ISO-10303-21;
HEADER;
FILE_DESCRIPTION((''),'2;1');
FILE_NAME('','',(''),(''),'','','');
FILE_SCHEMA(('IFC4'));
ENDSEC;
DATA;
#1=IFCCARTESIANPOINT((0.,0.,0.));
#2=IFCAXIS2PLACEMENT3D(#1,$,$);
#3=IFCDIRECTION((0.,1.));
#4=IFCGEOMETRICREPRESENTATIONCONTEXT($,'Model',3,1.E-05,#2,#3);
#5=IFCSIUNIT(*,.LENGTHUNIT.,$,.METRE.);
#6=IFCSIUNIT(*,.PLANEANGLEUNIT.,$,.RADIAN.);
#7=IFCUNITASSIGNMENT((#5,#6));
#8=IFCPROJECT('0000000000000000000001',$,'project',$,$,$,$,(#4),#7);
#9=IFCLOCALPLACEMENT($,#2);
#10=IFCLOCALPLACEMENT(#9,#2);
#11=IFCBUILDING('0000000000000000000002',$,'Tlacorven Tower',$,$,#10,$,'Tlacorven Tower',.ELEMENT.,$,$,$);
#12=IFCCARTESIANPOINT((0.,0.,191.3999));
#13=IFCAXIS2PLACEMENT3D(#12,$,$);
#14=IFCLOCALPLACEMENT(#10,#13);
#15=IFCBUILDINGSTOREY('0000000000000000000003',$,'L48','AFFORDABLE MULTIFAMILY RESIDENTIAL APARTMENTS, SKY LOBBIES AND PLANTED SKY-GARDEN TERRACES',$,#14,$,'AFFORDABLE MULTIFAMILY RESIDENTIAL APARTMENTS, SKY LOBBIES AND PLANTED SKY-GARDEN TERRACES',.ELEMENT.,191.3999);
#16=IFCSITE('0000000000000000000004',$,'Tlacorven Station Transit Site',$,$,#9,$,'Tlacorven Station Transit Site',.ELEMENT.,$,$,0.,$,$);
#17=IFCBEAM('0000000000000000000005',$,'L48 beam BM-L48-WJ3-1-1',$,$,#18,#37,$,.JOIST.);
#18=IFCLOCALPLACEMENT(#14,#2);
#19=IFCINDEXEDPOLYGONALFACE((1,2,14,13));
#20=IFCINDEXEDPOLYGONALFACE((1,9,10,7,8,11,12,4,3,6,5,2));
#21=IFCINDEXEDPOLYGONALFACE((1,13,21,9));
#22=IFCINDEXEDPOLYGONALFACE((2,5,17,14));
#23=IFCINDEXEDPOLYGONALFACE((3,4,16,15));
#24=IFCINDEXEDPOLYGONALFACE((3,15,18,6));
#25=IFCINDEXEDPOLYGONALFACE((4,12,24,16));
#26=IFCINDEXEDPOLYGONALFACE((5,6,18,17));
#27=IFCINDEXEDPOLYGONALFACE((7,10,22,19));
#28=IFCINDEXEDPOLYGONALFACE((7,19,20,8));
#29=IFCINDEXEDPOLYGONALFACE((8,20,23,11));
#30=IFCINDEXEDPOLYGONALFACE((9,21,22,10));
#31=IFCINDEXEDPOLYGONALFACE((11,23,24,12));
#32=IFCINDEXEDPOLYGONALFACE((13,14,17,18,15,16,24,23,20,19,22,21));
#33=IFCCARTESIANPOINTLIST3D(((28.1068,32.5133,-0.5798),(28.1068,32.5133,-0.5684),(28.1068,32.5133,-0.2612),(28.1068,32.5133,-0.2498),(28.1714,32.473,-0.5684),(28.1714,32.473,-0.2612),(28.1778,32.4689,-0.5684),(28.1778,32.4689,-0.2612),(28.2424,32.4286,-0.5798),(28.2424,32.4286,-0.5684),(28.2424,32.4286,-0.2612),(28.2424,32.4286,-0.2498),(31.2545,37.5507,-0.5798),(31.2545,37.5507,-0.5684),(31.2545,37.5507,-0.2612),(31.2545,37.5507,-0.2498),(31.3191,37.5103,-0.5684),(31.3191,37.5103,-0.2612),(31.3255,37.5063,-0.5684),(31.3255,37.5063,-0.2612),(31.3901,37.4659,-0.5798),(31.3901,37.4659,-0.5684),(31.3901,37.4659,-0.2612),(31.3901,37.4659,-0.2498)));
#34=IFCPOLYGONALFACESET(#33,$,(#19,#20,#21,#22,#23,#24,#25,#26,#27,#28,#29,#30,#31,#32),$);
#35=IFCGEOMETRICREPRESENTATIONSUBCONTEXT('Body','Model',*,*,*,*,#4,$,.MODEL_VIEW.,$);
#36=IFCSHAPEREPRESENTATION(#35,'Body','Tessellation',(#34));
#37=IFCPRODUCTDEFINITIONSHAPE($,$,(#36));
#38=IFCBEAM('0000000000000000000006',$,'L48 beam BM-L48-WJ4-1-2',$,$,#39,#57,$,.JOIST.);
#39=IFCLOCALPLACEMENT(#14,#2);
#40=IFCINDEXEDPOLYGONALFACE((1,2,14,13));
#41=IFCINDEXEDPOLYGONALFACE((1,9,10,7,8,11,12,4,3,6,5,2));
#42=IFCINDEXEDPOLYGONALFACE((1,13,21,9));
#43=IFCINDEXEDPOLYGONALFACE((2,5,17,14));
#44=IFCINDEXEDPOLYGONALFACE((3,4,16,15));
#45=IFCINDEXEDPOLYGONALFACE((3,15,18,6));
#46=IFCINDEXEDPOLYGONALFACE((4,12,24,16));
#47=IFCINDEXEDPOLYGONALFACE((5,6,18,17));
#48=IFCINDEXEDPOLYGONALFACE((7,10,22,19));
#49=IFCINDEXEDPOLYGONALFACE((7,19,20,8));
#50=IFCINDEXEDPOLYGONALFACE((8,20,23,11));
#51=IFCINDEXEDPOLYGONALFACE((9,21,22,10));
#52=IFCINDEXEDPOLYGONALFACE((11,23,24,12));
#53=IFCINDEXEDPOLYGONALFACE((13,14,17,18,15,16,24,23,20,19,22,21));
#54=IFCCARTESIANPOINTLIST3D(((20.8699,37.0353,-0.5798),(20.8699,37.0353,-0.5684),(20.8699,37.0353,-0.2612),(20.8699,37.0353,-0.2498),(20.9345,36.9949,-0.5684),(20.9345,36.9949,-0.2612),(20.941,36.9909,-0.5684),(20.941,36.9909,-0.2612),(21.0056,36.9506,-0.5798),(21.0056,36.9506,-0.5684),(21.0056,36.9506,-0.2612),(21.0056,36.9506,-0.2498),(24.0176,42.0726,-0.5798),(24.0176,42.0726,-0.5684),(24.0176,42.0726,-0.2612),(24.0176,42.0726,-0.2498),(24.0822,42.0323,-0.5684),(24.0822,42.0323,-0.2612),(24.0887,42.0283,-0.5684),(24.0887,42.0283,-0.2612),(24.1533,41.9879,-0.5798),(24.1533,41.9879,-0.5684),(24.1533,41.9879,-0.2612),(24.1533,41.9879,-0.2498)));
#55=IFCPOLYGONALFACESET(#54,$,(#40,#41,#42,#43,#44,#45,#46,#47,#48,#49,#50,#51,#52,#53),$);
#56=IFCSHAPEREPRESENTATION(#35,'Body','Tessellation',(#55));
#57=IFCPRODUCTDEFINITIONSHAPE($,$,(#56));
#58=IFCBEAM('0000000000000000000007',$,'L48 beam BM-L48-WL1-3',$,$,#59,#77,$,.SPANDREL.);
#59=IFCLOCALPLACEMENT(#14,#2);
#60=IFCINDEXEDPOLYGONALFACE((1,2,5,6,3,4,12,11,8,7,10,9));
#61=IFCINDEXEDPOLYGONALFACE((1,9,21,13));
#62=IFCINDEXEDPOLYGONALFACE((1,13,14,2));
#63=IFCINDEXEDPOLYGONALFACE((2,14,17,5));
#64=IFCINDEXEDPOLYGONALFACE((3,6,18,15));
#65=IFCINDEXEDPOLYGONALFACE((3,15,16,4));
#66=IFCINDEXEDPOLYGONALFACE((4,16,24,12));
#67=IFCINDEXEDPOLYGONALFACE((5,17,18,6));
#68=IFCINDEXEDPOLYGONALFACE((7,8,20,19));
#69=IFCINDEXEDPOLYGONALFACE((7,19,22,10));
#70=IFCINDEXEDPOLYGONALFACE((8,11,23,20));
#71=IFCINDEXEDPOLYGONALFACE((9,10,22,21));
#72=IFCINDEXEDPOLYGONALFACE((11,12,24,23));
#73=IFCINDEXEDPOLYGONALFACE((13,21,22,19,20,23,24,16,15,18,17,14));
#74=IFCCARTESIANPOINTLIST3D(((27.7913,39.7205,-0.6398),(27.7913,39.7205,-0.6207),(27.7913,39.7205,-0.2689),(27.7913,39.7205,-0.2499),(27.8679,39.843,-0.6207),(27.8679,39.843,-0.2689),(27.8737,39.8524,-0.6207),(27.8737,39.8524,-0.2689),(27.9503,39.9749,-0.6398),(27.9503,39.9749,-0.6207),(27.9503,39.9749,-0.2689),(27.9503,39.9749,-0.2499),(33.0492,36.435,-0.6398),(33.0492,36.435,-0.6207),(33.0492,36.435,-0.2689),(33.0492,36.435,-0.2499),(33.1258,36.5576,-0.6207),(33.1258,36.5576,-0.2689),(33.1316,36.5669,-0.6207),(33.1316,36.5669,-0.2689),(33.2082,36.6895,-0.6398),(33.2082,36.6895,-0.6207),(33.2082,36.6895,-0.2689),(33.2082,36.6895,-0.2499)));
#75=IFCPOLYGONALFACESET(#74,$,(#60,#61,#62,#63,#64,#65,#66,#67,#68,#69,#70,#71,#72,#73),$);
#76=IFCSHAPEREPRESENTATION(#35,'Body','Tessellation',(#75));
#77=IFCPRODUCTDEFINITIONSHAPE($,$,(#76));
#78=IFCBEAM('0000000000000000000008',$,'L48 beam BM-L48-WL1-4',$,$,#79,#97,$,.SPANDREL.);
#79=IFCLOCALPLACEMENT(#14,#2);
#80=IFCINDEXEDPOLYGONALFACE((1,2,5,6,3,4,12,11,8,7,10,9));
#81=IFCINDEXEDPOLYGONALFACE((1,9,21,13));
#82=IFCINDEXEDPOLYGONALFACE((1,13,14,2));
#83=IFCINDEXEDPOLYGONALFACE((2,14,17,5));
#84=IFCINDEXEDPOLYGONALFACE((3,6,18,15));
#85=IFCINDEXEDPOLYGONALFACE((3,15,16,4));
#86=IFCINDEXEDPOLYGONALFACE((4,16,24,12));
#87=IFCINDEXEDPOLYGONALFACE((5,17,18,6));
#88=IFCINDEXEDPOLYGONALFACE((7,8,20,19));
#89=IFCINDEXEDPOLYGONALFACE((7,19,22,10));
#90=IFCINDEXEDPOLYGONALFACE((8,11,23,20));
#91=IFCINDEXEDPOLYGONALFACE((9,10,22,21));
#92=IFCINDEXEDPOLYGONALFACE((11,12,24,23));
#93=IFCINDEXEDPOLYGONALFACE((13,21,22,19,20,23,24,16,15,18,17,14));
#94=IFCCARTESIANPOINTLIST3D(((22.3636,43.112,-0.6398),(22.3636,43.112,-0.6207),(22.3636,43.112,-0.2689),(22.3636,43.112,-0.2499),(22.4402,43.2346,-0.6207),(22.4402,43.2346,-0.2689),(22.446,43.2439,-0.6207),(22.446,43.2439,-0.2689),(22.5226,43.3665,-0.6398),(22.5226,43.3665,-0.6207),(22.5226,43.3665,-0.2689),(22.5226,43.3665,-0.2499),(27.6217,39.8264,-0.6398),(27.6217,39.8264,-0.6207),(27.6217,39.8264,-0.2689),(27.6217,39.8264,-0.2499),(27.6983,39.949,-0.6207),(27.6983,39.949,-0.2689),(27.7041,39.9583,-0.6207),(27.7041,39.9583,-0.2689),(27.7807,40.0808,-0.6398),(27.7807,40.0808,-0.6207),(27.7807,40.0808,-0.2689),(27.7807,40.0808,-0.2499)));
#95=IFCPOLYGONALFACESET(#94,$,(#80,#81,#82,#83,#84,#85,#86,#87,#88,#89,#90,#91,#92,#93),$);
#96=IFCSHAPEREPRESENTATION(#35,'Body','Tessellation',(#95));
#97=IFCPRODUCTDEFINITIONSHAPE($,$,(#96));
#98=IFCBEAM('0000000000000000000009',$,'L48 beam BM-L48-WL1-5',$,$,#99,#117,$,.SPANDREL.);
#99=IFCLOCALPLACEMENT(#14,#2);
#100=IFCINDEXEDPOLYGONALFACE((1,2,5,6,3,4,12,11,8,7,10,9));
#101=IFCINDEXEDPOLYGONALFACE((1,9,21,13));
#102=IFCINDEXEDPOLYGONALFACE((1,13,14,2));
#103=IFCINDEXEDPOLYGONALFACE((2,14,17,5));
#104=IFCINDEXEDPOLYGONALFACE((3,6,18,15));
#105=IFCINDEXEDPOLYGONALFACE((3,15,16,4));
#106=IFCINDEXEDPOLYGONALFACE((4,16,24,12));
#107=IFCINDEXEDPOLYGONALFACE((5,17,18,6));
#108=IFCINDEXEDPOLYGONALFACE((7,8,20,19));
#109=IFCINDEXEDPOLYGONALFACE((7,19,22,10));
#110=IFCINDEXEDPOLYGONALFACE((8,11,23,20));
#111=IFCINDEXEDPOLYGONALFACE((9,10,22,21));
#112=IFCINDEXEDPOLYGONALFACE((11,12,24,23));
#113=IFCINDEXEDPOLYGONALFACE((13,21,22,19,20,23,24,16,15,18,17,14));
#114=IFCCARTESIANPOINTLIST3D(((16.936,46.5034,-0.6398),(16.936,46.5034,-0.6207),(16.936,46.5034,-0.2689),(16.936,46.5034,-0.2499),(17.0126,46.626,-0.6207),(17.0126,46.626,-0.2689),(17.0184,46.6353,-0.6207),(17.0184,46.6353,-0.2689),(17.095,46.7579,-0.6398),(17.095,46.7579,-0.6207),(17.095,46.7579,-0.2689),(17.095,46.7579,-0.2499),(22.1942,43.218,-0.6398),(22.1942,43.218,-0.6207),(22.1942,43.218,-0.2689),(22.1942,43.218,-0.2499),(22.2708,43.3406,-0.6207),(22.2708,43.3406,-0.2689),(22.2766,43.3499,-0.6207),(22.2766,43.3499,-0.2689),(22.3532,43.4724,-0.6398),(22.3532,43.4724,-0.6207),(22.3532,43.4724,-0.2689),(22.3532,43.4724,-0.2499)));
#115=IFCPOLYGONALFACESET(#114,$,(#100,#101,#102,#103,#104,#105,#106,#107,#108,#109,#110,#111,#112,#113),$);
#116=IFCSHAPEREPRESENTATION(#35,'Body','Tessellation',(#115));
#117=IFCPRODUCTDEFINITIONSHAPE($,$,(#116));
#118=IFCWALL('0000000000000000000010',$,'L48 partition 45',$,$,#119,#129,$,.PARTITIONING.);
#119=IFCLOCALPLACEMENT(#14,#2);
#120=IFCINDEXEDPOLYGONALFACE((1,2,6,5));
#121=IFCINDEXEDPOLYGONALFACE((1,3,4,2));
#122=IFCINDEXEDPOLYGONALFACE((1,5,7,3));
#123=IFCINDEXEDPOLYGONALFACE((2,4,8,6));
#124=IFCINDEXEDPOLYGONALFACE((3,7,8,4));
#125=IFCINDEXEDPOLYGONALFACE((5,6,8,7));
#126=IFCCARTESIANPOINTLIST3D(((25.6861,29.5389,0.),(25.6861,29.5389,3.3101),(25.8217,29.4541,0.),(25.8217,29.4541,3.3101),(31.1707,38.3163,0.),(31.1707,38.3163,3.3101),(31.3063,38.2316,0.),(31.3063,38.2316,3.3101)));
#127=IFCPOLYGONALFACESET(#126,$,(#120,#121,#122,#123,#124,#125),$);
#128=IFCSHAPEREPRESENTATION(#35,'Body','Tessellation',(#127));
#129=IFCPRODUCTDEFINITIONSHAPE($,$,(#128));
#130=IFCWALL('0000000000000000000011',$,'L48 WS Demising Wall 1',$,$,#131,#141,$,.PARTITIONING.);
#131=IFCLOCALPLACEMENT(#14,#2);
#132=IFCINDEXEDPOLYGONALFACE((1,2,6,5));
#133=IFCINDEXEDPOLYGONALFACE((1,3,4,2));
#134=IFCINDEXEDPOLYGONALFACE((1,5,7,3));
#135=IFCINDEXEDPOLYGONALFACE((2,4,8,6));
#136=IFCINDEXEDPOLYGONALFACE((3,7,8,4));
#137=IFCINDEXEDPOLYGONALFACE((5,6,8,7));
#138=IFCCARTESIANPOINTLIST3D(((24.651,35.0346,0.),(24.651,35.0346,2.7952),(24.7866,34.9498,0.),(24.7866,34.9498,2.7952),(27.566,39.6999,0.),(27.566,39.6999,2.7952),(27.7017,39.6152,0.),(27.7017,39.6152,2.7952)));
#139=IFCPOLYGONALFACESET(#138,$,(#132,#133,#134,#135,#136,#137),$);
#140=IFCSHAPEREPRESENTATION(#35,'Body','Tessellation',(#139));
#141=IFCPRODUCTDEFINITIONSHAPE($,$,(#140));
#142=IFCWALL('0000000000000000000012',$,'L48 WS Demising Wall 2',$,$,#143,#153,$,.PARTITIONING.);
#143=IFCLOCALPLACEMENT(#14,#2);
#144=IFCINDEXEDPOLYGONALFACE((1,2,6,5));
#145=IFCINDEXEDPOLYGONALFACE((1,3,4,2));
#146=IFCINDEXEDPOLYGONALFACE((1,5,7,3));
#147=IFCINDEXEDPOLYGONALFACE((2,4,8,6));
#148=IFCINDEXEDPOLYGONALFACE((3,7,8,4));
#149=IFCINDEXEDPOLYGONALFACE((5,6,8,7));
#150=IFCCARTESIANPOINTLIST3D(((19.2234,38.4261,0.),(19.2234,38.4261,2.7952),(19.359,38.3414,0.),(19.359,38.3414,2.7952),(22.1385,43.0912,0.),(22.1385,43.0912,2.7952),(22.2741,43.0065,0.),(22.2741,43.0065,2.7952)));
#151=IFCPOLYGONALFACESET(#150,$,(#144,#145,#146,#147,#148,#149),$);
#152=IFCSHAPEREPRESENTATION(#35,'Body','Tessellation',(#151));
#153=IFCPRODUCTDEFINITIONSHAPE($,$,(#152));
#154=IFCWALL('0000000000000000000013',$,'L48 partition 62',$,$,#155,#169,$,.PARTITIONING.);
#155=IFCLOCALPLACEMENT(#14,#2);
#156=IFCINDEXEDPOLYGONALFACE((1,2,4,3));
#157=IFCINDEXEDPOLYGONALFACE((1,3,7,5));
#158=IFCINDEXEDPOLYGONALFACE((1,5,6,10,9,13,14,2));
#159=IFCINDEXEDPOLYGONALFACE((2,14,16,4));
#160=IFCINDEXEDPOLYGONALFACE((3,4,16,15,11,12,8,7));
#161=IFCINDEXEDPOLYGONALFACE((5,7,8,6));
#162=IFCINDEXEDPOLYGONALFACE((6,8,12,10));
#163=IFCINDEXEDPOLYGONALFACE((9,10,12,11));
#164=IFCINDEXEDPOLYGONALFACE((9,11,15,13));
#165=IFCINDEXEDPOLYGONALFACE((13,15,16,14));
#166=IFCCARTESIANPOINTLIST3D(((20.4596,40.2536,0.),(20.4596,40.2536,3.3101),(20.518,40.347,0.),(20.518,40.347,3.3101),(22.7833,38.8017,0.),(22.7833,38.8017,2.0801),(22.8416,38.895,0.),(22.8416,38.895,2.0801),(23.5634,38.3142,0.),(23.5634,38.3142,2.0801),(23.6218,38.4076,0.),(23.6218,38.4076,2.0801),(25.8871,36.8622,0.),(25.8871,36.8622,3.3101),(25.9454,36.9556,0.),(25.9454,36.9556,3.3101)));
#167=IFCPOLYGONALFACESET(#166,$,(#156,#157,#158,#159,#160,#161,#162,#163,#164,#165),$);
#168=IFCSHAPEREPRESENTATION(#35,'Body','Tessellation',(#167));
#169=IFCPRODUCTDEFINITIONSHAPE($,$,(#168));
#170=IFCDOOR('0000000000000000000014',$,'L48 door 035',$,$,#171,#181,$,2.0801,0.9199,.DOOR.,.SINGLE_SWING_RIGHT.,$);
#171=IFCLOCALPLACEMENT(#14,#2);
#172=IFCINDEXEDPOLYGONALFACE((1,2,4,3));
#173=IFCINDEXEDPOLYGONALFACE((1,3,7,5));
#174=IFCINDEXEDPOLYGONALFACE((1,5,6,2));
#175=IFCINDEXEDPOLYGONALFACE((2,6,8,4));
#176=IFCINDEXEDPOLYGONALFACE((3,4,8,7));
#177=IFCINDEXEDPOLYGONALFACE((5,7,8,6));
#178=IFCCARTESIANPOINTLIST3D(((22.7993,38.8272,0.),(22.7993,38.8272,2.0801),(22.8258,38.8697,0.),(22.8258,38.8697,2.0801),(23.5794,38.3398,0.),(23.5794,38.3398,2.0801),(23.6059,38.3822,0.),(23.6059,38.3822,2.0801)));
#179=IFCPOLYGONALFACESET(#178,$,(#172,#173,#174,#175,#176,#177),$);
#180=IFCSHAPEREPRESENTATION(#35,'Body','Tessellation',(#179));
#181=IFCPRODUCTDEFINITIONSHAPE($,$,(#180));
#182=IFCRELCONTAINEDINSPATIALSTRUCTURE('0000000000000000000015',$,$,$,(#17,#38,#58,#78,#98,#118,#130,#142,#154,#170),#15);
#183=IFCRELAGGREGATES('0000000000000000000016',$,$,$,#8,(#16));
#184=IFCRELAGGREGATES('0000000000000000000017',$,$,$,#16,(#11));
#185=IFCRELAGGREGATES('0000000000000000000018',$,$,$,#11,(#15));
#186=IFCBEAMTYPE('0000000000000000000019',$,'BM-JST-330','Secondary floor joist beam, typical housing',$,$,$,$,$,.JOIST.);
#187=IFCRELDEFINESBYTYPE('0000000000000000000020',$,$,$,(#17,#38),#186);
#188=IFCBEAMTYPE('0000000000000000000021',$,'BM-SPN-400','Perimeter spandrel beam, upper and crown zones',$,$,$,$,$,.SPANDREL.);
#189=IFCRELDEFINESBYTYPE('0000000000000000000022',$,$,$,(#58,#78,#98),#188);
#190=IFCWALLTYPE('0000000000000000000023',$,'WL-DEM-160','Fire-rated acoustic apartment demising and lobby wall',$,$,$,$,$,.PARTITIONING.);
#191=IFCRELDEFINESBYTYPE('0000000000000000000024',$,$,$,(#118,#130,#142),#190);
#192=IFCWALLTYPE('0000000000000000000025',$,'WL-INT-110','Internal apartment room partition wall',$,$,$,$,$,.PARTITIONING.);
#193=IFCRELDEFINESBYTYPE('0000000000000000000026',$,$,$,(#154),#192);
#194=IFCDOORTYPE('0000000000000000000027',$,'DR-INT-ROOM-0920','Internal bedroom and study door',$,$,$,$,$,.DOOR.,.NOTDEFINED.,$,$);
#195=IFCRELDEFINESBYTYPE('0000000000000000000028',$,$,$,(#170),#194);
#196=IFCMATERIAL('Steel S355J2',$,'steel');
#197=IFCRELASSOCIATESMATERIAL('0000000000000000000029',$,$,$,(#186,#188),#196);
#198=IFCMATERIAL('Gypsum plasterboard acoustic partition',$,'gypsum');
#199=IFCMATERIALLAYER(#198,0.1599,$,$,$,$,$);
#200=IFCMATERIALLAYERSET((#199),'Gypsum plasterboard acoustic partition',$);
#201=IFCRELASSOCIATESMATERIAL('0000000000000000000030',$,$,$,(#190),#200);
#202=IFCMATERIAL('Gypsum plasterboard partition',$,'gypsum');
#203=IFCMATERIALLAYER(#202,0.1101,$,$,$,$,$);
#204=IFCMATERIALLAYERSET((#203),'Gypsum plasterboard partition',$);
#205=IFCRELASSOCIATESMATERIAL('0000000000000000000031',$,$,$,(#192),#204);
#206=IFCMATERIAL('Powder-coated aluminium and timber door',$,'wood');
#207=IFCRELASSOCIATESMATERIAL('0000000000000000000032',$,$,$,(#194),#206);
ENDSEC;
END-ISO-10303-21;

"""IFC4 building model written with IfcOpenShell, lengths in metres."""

from ifc_helpers import new_model, si_unit, direction, frame, frame_2d, origin, origin_2d, place, context, subcontext, project, spatial, rectangle, i_section, extrude, source, transform, mapped, material, layer, layer_set, material_profile, profile_set, type_object, element, fill, save


model = new_model("IFC4")

# Units and contexts
model_context = context("Model", 3, precision=1e-05, world=origin(), true_north=direction((0.0, 1.0)))
body_context = subcontext(model_context, "Body", "Model", "MODEL_VIEW")
ifc_project = project(units=[si_unit("LENGTHUNIT", "METRE"), si_unit("PLANEANGLEUNIT", "RADIAN")], contexts=[model_context])

# Site, building, storey
site_placement = place(None, origin())
site = spatial("IfcSite", under=ifc_project, at=site_placement, Name="Tlacorven Station Transit Site", LongName="Tlacorven Station Transit Site", CompositionType="ELEMENT", RefElevation=0.0)
building_placement = place(site_placement, origin())
building = spatial("IfcBuilding", under=site, at=building_placement, Name="Tlacorven Tower", LongName="Tlacorven Tower", CompositionType="ELEMENT")
storey_placement = place(building_placement, frame((0.0, 0.0, 191.3999)))
storey = spatial("IfcBuildingStorey", under=building, at=storey_placement, Name="L48", Description="AFFORDABLE MULTIFAMILY RESIDENTIAL APARTMENTS, SKY LOBBIES AND PLANTED SKY-GARDEN TERRACES", LongName="AFFORDABLE MULTIFAMILY RESIDENTIAL APARTMENTS, SKY LOBBIES AND PLANTED SKY-GARDEN TERRACES", CompositionType="ELEMENT", Elevation=191.3999)

# Beams
ifc_material_1 = material(Name="Steel S355J2", Category="steel")
ifc_material_profile_1 = material_profile(ifc_material_1, i_section(OverallWidth=0.1599, OverallDepth=0.3301, WebThickness=0.0076, FlangeThickness=0.0115, at=origin_2d()), Name="IPE 330")
ifc_profile_set_1 = profile_set([ifc_material_profile_1], Name="Steel S355J2")
beam_type_1 = type_object("IfcBeamType", Name="BM-JST-330", Description="Secondary floor joist beam, typical housing", PredefinedType="JOIST", material=ifc_profile_set_1)
shared_shape_1 = source(origin(), body_context, "Body", "SweptSolid", [
    extrude(i_section(OverallWidth=0.1599, OverallDepth=0.3301, WebThickness=0.0076, FlangeThickness=0.0115, at=origin_2d()), origin(), (0.0, 0.0, 1.0), 5.9399),
])
for number, where, z_axis, x_axis, name in (
    (1, (31.3223, 37.5083, -0.4148), (-0.529921, -0.848047, 0.0), (0.848047, -0.529921, 0.0), "L48 beam BM-L48-WJ3-1-1"),
    (2, (24.0854, 42.0303, -0.4148), (-0.529921, -0.848047, 0.0), (0.848047, -0.529921, 0.0), "L48 beam BM-L48-WJ4-1-2"),
):
    element("IfcBeam", number, at=place(storey_placement, frame(where, z_axis=z_axis, x_axis=x_axis)), inside=storey, type_object=beam_type_1, Name=name, PredefinedType="JOIST", context=body_context, shape_type="MappedRepresentation", body=[
        mapped(shared_shape_1, transform((0.0, 0.0, 0.0), scale=1.0)),
    ])
ifc_material_profile_2 = material_profile(ifc_material_1, i_section(OverallWidth=0.3, OverallDepth=0.3899, WebThickness=0.011, FlangeThickness=0.019, at=origin_2d()), Name="HEA 400")
ifc_profile_set_2 = profile_set([ifc_material_profile_2], Name="Steel S355J2")
beam_type_2 = type_object("IfcBeamType", Name="BM-SPN-400", Description="Perimeter spandrel beam, upper and crown zones", PredefinedType="SPANDREL", material=ifc_profile_set_2)
shared_shape_2 = source(origin(), body_context, "Body", "SweptSolid", [
    extrude(i_section(OverallWidth=0.3, OverallDepth=0.3899, WebThickness=0.011, FlangeThickness=0.019, at=origin_2d()), origin(), (0.0, 0.0, 1.0), 6.2),
])
beam_1_placement = place(storey_placement, frame((33.1287, 36.5623, -0.4448), z_axis=(-0.848051, 0.529914, 0.0), x_axis=(-0.529914, -0.848051, 0.0)))
element("IfcBeam", 3, at=beam_1_placement, inside=storey, type_object=beam_type_2, Name="L48 beam BM-L48-WL1-3", PredefinedType="SPANDREL", context=body_context, shape_type="MappedRepresentation", body=[
    mapped(shared_shape_2, transform((0.0, 0.0, 0.0), scale=1.0)),
])
shared_shape_3 = source(origin(), body_context, "Body", "SweptSolid", [
    extrude(i_section(OverallWidth=0.3, OverallDepth=0.3899, WebThickness=0.011, FlangeThickness=0.019, at=origin_2d()), origin(), (0.0, 0.0, 1.0), 6.2002),
])
for number, where, z_axis, x_axis, name in (
    (4, (27.7012, 39.9536, -0.4448), (-0.848045, 0.529925, 0.0), (-0.529925, -0.848045, 0.0), "L48 beam BM-L48-WL1-4"),
    (5, (22.2737, 43.3452, -0.4448), (-0.848062, 0.529896, 0.0), (-0.529896, -0.848062, 0.0), "L48 beam BM-L48-WL1-5"),
):
    element("IfcBeam", number, at=place(storey_placement, frame(where, z_axis=z_axis, x_axis=x_axis)), inside=storey, type_object=beam_type_2, Name=name, PredefinedType="SPANDREL", context=body_context, shape_type="MappedRepresentation", body=[
        mapped(shared_shape_3, transform((0.0, 0.0, 0.0), scale=1.0)),
    ])

# Walls
ifc_material_2 = material(Name="Gypsum plasterboard acoustic partition", Category="gypsum")
ifc_layer_1 = layer(ifc_material_2, 0.1599)
ifc_layer_set_1 = layer_set([ifc_layer_1], Name="Gypsum plasterboard acoustic partition")
wall_type_1 = type_object("IfcWallType", Name="WL-DEM-160", Description="Fire-rated acoustic apartment demising and lobby wall", PredefinedType="PARTITIONING", material=ifc_layer_set_1)
wall_1_placement = place(storey_placement, frame((31.2385, 38.2739, 0.0), z_axis=(0.0, 0.0, 1.0), x_axis=(-0.529914, -0.848051, 0.0)))
element("IfcWall", 6, at=wall_1_placement, inside=storey, type_object=wall_type_1, Name="L48 partition 45", PredefinedType="PARTITIONING", context=body_context, shape_type="SweptSolid", body=[
    extrude(rectangle(XDim=10.3501, YDim=0.1599, at=frame_2d((5.175, 0.0))), origin(), (0.0, 0.0, 1.0), 3.3101),
])
wall_2_placement = place(storey_placement, frame((27.6338, 39.6575, 0.0), z_axis=(0.0, 0.0, 1.0), x_axis=(-0.529899, -0.848061, 0.0)))
element("IfcWall", 7, at=wall_2_placement, inside=storey, type_object=wall_type_1, Name="L48 WS Demising Wall 1", PredefinedType="PARTITIONING", context=body_context, shape_type="SweptSolid", body=[
    extrude(rectangle(XDim=5.5012, YDim=0.1599, at=frame_2d((2.7505, 0.0))), origin(), (0.0, 0.0, 1.0), 2.7952),
])
wall_3_placement = place(storey_placement, frame((22.2063, 43.0488, 0.0), z_axis=(0.0, 0.0, 1.0), x_axis=(-0.529919, -0.848048, 0.0)))
element("IfcWall", 8, at=wall_3_placement, inside=storey, type_object=wall_type_1, Name="L48 WS Demising Wall 2", PredefinedType="PARTITIONING", context=body_context, shape_type="SweptSolid", body=[
    extrude(rectangle(XDim=5.501, YDim=0.1599, at=frame_2d((2.7505, 0.0))), origin(), (0.0, 0.0, 1.0), 2.7952),
])

# Wall, opening, door
ifc_material_3 = material(Name="Gypsum plasterboard partition", Category="gypsum")
ifc_layer_2 = layer(ifc_material_3, 0.1101)
ifc_layer_set_2 = layer_set([ifc_layer_2], Name="Gypsum plasterboard partition")
wall_type_2 = type_object("IfcWallType", Name="WL-INT-110", Description="Internal apartment room partition wall", PredefinedType="PARTITIONING", material=ifc_layer_set_2)
wall_4_placement = place(storey_placement, frame((25.9163, 36.9089, 0.0), z_axis=(0.0, 0.0, 1.0), x_axis=(-0.848056, 0.529906, 0.0)))
wall_4 = element("IfcWall", 9, at=wall_4_placement, inside=storey, type_object=wall_type_2, Name="L48 partition 62", PredefinedType="PARTITIONING", context=body_context, shape_type="SweptSolid", body=[
    extrude(rectangle(XDim=6.3999, YDim=0.1101, at=frame_2d((3.2, 0.0))), origin(), (0.0, 0.0, 1.0), 3.3101),
])
opening_1_placement = place(wall_4_placement, frame((2.74, 0.0, 0.0)))
opening_1 = element("IfcOpeningElement", 10, at=opening_1_placement, cuts=wall_4, PredefinedType="OPENING", context=body_context, shape_type="SweptSolid", body=[
    extrude(rectangle(XDim=0.9199, YDim=2.0801, at=frame_2d((0.46, 1.04))), frame((0.0, 0.0649, 0.0), z_axis=(0.0, -1.0, 0.0), x_axis=(1.0, 0.0, 0.0)), (0.0, 0.0, 1.0), 0.1301),
])
ifc_material_4 = material(Name="Powder-coated aluminium and timber door", Category="wood")
door_type_1 = type_object("IfcDoorType", Name="DR-INT-ROOM-0920", Description="Internal bedroom and study door", OperationType="NOTDEFINED", PredefinedType="DOOR", material=ifc_material_4)
shared_shape_4 = source(origin(), body_context, "Body", "SweptSolid", [
    extrude(rectangle(XDim=0.9199, YDim=2.0801, at=frame_2d((0.46, 1.04))), frame((0.0, 0.0249, 0.0), z_axis=(0.0, -1.0, 0.0), x_axis=(1.0, 0.0, 0.0)), (0.0, 0.0, 1.0), 0.05),
])
door_1_placement = place(opening_1_placement, origin())
door_1 = element("IfcDoor", 11, at=door_1_placement, inside=storey, type_object=door_type_1, Name="L48 door 035", OperationType="SINGLE_SWING_RIGHT", OverallHeight=2.0801, OverallWidth=0.9199, PredefinedType="DOOR", context=body_context, shape_type="MappedRepresentation", body=[
    mapped(shared_shape_4, transform((0.0, 0.0, 0.0), scale=1.0)),
])
fill(opening_1, door_1)

save(model, "model.ifc")
